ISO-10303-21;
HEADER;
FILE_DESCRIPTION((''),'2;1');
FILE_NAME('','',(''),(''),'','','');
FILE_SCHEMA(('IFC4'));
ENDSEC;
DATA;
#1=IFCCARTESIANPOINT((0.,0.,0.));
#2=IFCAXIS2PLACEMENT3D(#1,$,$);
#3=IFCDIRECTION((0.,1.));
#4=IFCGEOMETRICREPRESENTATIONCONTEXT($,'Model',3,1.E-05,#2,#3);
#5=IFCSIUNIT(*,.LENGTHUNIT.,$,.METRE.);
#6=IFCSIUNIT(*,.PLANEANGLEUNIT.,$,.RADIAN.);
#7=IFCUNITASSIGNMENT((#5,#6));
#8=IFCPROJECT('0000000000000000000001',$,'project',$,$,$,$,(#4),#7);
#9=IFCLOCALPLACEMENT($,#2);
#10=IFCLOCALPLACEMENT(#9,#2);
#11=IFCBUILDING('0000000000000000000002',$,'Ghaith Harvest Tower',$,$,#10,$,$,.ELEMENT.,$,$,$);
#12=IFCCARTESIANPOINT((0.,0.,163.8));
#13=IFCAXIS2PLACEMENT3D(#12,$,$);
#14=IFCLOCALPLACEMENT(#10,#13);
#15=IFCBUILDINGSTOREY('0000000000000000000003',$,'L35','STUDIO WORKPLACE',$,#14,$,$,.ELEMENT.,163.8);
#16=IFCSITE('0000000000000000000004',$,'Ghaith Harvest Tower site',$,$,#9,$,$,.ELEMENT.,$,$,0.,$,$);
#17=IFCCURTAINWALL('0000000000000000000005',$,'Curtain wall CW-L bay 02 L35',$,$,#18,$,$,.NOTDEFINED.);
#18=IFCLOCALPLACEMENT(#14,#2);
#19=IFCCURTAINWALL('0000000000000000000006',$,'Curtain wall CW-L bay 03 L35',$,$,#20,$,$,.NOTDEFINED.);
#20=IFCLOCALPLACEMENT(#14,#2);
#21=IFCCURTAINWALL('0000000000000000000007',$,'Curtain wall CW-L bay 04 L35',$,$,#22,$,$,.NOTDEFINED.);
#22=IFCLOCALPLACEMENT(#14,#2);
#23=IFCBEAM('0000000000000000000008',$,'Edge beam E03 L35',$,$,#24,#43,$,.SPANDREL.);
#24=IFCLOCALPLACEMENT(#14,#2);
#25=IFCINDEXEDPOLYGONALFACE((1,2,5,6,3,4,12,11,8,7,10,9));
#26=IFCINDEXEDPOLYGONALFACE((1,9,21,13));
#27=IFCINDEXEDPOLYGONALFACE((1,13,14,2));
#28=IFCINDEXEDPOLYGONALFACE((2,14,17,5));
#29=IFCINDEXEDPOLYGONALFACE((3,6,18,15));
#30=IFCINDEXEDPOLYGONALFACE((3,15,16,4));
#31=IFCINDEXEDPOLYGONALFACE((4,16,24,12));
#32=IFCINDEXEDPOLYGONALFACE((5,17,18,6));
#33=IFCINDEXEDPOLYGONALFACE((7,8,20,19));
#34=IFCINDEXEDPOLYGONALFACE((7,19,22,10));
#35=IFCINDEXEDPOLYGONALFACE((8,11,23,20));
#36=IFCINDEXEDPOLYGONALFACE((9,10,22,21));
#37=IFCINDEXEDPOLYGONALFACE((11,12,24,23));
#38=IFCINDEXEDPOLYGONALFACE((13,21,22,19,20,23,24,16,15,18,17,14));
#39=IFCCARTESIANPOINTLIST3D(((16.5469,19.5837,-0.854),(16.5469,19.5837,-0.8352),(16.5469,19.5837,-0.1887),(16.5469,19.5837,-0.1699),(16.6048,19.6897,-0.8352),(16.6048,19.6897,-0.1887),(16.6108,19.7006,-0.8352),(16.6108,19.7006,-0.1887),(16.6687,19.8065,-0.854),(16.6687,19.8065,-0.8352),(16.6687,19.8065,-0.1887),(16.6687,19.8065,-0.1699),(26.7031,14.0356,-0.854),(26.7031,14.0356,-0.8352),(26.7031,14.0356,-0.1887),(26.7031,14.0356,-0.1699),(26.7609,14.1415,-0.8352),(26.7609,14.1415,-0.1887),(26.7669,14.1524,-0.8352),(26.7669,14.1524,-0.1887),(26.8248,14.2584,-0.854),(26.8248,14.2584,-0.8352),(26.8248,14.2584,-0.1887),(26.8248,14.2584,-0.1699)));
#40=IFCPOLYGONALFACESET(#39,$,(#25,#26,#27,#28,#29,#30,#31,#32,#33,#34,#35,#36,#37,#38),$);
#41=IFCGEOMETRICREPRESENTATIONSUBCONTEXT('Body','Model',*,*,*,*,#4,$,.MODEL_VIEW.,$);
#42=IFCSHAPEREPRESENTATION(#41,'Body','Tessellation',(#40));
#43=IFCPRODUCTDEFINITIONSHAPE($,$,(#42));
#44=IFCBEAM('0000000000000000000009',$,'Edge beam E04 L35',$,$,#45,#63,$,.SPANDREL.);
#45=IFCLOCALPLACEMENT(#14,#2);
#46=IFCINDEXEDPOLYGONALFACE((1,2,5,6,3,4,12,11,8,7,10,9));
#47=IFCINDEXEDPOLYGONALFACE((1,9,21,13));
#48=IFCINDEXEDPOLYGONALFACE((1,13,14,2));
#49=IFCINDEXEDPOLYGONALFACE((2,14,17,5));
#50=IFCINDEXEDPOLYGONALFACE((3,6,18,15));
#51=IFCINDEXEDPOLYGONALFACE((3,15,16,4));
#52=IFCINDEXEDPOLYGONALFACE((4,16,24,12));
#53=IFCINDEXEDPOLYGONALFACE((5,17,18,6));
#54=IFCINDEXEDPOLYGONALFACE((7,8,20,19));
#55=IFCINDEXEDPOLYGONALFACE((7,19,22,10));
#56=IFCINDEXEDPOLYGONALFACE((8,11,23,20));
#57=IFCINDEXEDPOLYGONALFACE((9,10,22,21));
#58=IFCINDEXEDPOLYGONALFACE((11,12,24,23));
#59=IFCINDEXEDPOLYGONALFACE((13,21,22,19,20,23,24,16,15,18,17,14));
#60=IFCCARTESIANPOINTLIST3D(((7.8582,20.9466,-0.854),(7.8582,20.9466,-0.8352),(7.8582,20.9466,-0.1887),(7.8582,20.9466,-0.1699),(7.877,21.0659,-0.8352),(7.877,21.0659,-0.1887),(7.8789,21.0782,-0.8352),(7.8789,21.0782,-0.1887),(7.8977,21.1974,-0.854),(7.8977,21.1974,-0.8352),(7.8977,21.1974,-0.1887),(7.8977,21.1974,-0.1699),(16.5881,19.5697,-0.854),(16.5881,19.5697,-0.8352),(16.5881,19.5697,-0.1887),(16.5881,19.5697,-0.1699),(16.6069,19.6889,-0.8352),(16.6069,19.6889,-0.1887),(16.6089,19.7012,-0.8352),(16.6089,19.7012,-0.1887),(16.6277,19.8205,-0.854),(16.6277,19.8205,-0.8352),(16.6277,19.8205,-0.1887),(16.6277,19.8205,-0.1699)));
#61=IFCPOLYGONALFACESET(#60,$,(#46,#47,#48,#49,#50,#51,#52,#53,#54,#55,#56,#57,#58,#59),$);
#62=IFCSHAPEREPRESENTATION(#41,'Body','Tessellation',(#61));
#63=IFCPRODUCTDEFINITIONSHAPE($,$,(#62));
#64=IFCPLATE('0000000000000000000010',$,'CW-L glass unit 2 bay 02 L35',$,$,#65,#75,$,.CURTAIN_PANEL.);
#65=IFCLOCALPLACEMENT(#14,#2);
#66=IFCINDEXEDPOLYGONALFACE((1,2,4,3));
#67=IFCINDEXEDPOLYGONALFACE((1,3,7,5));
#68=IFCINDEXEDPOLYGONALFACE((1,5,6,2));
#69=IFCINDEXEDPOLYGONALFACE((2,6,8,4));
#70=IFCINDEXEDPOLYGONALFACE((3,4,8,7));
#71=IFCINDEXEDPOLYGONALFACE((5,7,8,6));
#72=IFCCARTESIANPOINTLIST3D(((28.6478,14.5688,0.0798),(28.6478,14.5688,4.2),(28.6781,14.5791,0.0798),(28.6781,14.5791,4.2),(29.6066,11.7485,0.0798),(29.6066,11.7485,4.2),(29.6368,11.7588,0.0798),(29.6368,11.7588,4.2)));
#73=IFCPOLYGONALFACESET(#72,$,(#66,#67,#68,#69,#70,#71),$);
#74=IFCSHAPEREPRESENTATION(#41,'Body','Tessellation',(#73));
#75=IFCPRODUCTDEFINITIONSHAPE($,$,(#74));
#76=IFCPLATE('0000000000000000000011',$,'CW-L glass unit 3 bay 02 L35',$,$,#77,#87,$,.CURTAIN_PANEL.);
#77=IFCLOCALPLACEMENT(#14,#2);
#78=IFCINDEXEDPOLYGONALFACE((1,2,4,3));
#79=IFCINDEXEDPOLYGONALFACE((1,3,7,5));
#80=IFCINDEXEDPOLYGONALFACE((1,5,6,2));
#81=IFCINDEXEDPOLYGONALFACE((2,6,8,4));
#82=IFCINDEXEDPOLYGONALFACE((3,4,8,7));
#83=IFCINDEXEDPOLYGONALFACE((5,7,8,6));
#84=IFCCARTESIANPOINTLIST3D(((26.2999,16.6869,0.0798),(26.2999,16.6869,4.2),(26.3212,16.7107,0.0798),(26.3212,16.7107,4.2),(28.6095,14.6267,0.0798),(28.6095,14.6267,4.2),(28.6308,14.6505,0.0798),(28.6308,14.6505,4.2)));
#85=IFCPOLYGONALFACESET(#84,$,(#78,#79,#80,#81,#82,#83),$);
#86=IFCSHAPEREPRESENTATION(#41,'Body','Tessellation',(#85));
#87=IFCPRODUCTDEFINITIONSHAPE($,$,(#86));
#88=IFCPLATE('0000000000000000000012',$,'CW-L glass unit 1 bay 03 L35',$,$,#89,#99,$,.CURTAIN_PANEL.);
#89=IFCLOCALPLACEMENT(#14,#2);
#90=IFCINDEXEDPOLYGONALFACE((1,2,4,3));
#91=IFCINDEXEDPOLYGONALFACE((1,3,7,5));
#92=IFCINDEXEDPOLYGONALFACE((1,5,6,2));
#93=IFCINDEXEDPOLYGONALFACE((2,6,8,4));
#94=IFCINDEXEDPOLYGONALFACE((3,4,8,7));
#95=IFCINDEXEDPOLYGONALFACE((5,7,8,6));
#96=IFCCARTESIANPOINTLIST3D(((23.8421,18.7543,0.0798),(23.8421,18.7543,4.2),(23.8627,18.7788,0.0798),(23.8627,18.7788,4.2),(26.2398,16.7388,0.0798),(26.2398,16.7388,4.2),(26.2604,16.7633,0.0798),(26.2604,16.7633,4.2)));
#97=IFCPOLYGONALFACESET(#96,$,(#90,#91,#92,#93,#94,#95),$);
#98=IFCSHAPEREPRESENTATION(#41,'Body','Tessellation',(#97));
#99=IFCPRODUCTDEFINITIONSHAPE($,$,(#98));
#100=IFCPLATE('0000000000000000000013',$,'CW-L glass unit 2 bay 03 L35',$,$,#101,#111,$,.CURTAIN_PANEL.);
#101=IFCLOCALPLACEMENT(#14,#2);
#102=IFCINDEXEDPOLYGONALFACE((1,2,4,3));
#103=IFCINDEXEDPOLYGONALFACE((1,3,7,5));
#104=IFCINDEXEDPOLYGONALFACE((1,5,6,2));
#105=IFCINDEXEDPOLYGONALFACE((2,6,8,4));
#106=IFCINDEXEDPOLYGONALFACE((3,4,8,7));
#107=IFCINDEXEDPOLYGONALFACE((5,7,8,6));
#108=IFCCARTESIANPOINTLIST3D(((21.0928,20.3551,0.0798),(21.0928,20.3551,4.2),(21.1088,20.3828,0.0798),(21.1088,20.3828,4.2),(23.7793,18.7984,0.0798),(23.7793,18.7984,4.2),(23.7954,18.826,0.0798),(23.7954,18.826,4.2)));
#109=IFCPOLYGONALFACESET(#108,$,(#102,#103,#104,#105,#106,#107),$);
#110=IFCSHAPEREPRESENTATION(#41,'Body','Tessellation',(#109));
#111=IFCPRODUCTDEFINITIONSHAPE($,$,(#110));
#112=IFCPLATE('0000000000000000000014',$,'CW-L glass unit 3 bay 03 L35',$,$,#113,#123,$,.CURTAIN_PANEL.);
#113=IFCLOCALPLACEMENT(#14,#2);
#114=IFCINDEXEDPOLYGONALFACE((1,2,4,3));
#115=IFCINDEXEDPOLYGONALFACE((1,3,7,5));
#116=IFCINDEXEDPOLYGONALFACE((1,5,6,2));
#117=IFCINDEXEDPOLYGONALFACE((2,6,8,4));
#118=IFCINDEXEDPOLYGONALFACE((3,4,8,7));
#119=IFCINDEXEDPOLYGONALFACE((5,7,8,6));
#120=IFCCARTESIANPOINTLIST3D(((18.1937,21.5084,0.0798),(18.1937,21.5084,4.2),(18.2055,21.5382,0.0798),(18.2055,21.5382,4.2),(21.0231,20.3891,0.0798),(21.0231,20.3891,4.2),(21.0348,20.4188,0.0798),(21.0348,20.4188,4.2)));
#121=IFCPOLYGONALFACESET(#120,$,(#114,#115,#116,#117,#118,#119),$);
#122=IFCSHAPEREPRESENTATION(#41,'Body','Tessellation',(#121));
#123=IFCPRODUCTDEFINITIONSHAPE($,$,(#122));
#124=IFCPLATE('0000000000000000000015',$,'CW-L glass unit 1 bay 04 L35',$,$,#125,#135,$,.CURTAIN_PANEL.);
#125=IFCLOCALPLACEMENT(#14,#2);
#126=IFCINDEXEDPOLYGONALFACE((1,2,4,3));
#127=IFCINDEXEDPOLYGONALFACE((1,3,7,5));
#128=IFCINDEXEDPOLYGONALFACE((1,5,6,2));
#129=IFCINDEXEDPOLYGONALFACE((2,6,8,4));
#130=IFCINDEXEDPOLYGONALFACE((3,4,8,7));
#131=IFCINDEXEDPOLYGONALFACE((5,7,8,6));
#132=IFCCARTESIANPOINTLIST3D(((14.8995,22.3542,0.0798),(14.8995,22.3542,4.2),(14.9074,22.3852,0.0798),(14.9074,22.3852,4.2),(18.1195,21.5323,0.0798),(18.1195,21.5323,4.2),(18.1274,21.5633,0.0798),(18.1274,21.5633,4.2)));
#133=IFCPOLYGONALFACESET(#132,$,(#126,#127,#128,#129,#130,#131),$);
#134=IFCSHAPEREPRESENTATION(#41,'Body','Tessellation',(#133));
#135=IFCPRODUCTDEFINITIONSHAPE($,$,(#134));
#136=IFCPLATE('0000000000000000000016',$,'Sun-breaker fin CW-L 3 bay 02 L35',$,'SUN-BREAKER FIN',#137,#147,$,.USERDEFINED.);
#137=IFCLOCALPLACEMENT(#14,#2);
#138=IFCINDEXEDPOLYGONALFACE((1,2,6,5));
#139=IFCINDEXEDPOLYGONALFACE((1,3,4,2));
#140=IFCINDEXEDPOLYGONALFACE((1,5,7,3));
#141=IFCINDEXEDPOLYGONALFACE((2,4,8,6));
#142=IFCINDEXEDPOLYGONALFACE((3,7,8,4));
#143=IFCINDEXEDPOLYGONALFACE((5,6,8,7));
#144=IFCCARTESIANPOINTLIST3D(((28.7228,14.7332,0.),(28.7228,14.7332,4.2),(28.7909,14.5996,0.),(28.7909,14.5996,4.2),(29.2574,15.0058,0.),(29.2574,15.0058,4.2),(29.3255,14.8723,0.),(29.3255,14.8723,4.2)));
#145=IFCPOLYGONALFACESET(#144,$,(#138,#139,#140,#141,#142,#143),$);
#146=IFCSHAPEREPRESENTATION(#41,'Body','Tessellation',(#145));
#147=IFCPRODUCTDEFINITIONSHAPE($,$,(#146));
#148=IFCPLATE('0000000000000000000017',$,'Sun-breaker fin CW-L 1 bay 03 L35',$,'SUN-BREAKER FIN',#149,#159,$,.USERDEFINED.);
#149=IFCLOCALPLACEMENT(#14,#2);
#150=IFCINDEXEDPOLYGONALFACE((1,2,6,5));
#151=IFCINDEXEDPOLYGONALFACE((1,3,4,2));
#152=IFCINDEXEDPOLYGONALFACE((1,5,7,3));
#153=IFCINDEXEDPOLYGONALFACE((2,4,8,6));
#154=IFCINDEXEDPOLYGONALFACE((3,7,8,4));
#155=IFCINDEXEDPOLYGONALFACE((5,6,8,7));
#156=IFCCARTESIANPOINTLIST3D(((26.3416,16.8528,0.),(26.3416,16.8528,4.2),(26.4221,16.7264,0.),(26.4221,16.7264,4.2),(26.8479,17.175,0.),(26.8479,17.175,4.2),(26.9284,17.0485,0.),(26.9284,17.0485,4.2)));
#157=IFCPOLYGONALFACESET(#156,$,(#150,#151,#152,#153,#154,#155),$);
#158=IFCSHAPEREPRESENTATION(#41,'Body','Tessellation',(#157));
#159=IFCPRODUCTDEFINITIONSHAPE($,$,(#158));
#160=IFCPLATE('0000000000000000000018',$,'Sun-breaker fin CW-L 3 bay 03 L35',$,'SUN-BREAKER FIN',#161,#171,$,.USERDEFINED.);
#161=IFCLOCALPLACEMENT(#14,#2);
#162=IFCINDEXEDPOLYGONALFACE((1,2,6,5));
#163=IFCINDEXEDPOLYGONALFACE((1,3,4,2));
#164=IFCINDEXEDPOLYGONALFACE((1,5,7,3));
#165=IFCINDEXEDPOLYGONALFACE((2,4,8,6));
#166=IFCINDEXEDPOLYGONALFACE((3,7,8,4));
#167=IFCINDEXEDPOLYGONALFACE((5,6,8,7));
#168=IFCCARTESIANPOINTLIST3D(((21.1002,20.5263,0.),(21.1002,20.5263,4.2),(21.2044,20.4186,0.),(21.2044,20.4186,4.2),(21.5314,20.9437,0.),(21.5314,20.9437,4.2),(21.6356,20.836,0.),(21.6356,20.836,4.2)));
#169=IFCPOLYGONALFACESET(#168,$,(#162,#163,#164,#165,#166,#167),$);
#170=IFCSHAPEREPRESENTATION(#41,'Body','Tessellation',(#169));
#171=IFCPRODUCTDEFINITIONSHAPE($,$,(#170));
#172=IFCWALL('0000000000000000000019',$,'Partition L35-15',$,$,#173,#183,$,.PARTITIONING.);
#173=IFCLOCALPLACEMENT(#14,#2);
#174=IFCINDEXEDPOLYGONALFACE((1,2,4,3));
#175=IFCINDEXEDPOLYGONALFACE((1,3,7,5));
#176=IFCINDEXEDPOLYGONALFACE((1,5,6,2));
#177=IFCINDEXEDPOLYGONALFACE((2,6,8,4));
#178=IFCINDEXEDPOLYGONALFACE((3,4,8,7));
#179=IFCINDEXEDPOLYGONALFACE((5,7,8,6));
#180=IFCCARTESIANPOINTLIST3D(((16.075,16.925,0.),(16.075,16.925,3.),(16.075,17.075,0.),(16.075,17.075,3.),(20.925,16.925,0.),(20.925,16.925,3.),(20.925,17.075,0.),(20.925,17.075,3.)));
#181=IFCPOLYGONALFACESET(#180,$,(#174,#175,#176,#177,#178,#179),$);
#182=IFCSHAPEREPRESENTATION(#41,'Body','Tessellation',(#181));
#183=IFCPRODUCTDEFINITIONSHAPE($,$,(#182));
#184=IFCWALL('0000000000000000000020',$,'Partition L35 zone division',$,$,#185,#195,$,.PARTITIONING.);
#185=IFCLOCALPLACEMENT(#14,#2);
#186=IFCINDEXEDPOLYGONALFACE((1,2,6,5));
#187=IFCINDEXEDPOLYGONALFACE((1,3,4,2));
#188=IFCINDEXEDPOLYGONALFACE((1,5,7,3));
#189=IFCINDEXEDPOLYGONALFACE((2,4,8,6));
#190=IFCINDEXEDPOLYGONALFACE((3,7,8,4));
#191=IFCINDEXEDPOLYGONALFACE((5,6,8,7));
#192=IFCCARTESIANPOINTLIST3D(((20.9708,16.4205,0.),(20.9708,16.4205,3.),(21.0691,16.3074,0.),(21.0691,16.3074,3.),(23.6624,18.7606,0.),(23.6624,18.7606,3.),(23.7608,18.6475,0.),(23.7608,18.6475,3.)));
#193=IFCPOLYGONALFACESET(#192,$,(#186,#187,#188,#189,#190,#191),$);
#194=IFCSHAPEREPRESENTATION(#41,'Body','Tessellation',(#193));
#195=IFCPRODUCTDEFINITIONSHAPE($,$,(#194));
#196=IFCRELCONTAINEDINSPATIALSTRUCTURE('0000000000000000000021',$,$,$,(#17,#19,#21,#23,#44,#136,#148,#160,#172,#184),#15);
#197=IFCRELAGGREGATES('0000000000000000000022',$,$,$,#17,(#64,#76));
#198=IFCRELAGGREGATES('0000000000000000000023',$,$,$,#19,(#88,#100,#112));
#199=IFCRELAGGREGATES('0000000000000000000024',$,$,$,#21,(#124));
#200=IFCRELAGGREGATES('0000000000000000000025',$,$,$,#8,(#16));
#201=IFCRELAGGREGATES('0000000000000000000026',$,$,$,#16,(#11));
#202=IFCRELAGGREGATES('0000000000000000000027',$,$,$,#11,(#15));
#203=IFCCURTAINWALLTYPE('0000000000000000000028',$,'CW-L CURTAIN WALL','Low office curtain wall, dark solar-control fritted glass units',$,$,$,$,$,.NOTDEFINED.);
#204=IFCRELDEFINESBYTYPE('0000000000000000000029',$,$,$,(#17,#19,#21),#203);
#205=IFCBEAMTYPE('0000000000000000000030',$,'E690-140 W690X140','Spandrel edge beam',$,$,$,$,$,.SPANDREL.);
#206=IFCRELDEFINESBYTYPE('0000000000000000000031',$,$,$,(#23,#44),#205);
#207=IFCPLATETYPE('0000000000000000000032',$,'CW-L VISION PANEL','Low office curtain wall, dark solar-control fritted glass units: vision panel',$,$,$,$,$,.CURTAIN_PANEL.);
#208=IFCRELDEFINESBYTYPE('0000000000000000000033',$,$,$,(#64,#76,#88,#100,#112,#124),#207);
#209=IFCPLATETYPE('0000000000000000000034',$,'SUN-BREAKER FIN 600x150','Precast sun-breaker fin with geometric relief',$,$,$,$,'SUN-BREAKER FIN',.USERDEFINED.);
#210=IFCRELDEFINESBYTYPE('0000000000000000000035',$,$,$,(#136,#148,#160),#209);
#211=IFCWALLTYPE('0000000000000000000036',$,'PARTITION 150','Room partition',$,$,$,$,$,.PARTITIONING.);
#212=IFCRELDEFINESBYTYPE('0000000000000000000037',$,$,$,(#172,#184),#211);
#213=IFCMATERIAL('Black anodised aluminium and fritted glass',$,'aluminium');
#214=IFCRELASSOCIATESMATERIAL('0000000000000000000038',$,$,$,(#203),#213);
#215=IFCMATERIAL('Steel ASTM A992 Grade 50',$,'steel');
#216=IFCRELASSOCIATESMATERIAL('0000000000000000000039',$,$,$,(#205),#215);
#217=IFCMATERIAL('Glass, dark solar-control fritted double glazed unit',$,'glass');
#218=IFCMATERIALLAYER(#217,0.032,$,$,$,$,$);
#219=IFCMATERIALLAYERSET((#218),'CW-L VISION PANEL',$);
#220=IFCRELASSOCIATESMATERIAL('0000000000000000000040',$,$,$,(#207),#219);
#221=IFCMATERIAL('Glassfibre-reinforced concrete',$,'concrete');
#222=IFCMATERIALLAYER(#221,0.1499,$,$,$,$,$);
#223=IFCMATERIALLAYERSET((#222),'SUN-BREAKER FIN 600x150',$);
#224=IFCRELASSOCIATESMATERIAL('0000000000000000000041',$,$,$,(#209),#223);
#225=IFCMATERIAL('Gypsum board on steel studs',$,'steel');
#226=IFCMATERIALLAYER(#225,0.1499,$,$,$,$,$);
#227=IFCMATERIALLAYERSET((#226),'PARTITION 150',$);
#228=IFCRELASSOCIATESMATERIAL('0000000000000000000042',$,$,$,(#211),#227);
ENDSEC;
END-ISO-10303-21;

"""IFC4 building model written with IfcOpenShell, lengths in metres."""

from ifc_helpers import new_model, si_unit, direction, frame, frame_2d, origin, origin_2d, place, context, subcontext, project, spatial, rectangle, i_section, extrude, material, layer, layer_set, material_profile, profile_set, type_object, element, aggregate, save


model = new_model("IFC4")

# Units and contexts
model_context = context("Model", 3, precision=1e-05, world=origin(), true_north=direction((0.0, 1.0)))
body_context = subcontext(model_context, "Body", "Model", "MODEL_VIEW")
ifc_project = project(units=[si_unit("LENGTHUNIT", "METRE"), si_unit("PLANEANGLEUNIT", "RADIAN")], contexts=[model_context])

# Site, building, storey
site_placement = place(None, origin())
site = spatial("IfcSite", under=ifc_project, at=site_placement, Name="Ghaith Harvest Tower site", CompositionType="ELEMENT", RefElevation=0.0)
building_placement = place(site_placement, origin())
building = spatial("IfcBuilding", under=site, at=building_placement, Name="Ghaith Harvest Tower", CompositionType="ELEMENT")
storey_placement = place(building_placement, frame((0.0, 0.0, 163.8)))
storey = spatial("IfcBuildingStorey", under=building, at=storey_placement, Name="L35", Description="STUDIO WORKPLACE", CompositionType="ELEMENT", Elevation=163.8)

# Curtain wall
ifc_material_1 = material(Name="Black anodised aluminium and fritted glass", Category="aluminium")
curtain_wall_type = type_object("IfcCurtainWallType", Name="CW-L CURTAIN WALL", Description="Low office curtain wall, dark solar-control fritted glass units", PredefinedType="NOTDEFINED", material=ifc_material_1)
curtain_wall_1_placement = place(storey_placement, origin())
curtain_wall_1 = element("IfcCurtainWall", 1, at=curtain_wall_1_placement, inside=storey, type_object=curtain_wall_type, Name="Curtain wall CW-L bay 02 L35", PredefinedType="NOTDEFINED")

# Curtain walls
curtain_wall_2_placement = place(storey_placement, origin())
curtain_wall_2 = element("IfcCurtainWall", 2, at=curtain_wall_2_placement, inside=storey, type_object=curtain_wall_type, Name="Curtain wall CW-L bay 03 L35", PredefinedType="NOTDEFINED")
curtain_wall_3_placement = place(storey_placement, origin())
curtain_wall_3 = element("IfcCurtainWall", 3, at=curtain_wall_3_placement, inside=storey, type_object=curtain_wall_type, Name="Curtain wall CW-L bay 04 L35", PredefinedType="NOTDEFINED")

# Beams
ifc_material_2 = material(Name="Steel ASTM A992 Grade 50", Category="steel")
ifc_material_profile_1 = material_profile(ifc_material_2, i_section(OverallWidth=0.2539, OverallDepth=0.6841, WebThickness=0.0125, FlangeThickness=0.0188, at=origin_2d()), Name="W690X140")
ifc_profile_set_1 = profile_set([ifc_material_profile_1], Name="Steel ASTM A992 Grade 50")
beam_type = type_object("IfcBeamType", Name="E690-140 W690X140", Description="Spandrel edge beam", PredefinedType="SPANDREL", material=ifc_profile_set_1)
beam_1_placement = place(storey_placement, frame((26.7639, 14.147, -0.512), z_axis=(-0.877588, 0.479415, 0.0), x_axis=(-0.479415, -0.877588, 0.0)))
element("IfcBeam", 4, at=beam_1_placement, inside=storey, type_object=beam_type, Name="Edge beam E03 L35", PredefinedType="SPANDREL", context=body_context, shape_type="SweptSolid", body=[
    extrude(i_section(OverallWidth=0.2539, OverallDepth=0.6841, WebThickness=0.0125, FlangeThickness=0.0188, at=origin_2d()), origin(), (0.0, 0.0, 1.0), 11.5728),
])
beam_2_placement = place(storey_placement, frame((16.6079, 19.6951, -0.512), z_axis=(-0.987788, 0.155801, 0.0), x_axis=(-0.155801, -0.987788, 0.0)))
element("IfcBeam", 5, at=beam_2_placement, inside=storey, type_object=beam_type, Name="Edge beam E04 L35", PredefinedType="SPANDREL", context=body_context, shape_type="SweptSolid", body=[
    extrude(i_section(OverallWidth=0.2539, OverallDepth=0.6841, WebThickness=0.0125, FlangeThickness=0.0188, at=origin_2d()), origin(), (0.0, 0.0, 1.0), 8.8379),
])

# Plates
ifc_material_3 = material(Name="Glass, dark solar-control fritted double glazed unit", Category="glass")
ifc_layer_1 = layer(ifc_material_3, 0.032)
ifc_layer_set_1 = layer_set([ifc_layer_1], Name="CW-L VISION PANEL")
plate_type_1 = type_object("IfcPlateType", Name="CW-L VISION PANEL", Description="Low office curtain wall, dark solar-control fritted glass units: vision panel", PredefinedType="CURTAIN_PANEL", material=ifc_layer_set_1)
plate_1_placement = place(storey_placement, frame((29.1423, 13.1638, 0.0798), z_axis=(0.0, 0.0, 1.0), x_axis=(-0.321853, 0.94679, 0.0)))
plate_1 = element("IfcPlate", 6, at=plate_1_placement, type_object=plate_type_1, Name="CW-L glass unit 2 bay 02 L35", PredefinedType="CURTAIN_PANEL", context=body_context, shape_type="SweptSolid", body=[
    extrude(rectangle(XDim=2.9788, YDim=0.032, at=origin_2d()), origin(), (0.0, 0.0, 1.0), 4.1201),
])
plate_2_placement = place(storey_placement, frame((27.4653, 15.6687, 0.0798), z_axis=(0.0, 0.0, 1.0), x_axis=(-0.746251, 0.665665, 0.0)))
plate_2 = element("IfcPlate", 7, at=plate_2_placement, type_object=plate_type_1, Name="CW-L glass unit 3 bay 02 L35", PredefinedType="CURTAIN_PANEL", context=body_context, shape_type="SweptSolid", body=[
    extrude(rectangle(XDim=3.095, YDim=0.032, at=origin_2d()), origin(), (0.0, 0.0, 1.0), 4.1201),
])
aggregate(curtain_wall_1, [plate_1, plate_2])
plate_3_placement = place(storey_placement, frame((25.0513, 17.7588, 0.0798), z_axis=(0.0, 0.0, 1.0), x_axis=(-0.765473, 0.643468, 0.0)))
plate_3 = element("IfcPlate", 8, at=plate_3_placement, type_object=plate_type_1, Name="CW-L glass unit 1 bay 03 L35", PredefinedType="CURTAIN_PANEL", context=body_context, shape_type="SweptSolid", body=[
    extrude(rectangle(XDim=3.1323, YDim=0.032, at=origin_2d()), origin(), (0.0, 0.0, 1.0), 4.1201),
])
plate_4_placement = place(storey_placement, frame((22.4441, 19.5906, 0.0798), z_axis=(0.0, 0.0, 1.0), x_axis=(-0.865232, 0.501372, 0.0)))
plate_4 = element("IfcPlate", 9, at=plate_4_placement, type_object=plate_type_1, Name="CW-L glass unit 2 bay 03 L35", PredefinedType="CURTAIN_PANEL", context=body_context, shape_type="SweptSolid", body=[
    extrude(rectangle(XDim=3.105, YDim=0.032, at=origin_2d()), origin(), (0.0, 0.0, 1.0), 4.1201),
])
plate_5_placement = place(storey_placement, frame((19.6143, 20.9636, 0.0798), z_axis=(0.0, 0.0, 1.0), x_axis=(-0.929877, 0.367872, 0.0)))
plate_5 = element("IfcPlate", 10, at=plate_5_placement, type_object=plate_type_1, Name="CW-L glass unit 3 bay 03 L35", PredefinedType="CURTAIN_PANEL", context=body_context, shape_type="SweptSolid", body=[
    extrude(rectangle(XDim=3.0427, YDim=0.032, at=origin_2d()), origin(), (0.0, 0.0, 1.0), 4.1201),
])
aggregate(curtain_wall_2, [plate_3, plate_4, plate_5])
plate_6_placement = place(storey_placement, frame((16.5134, 21.9587, 0.0798), z_axis=(0.0, 0.0, 1.0), x_axis=(-0.968931, 0.247331, 0.0)))
plate_6 = element("IfcPlate", 11, at=plate_6_placement, type_object=plate_type_1, Name="CW-L glass unit 1 bay 04 L35", PredefinedType="CURTAIN_PANEL", context=body_context, shape_type="SweptSolid", body=[
    extrude(rectangle(XDim=3.3232, YDim=0.032, at=origin_2d()), origin(), (0.0, 0.0, 1.0), 4.1201),
])
aggregate(curtain_wall_3, [plate_6])

# Plates
ifc_material_4 = material(Name="Glassfibre-reinforced concrete", Category="concrete")
ifc_layer_2 = layer(ifc_material_4, 0.1499)
ifc_layer_set_2 = layer_set([ifc_layer_2], Name="SUN-BREAKER FIN 600x150")
plate_type_2 = type_object("IfcPlateType", Name="SUN-BREAKER FIN 600x150", Description="Precast sun-breaker fin with geometric relief", ElementType="SUN-BREAKER FIN", PredefinedType="USERDEFINED", material=ifc_layer_set_2)
for number, where, z_axis, x_axis, name in (
    (12, (29.0242, 14.8027, 0.0), (0.0, 0.0, 1.0), (0.890831, 0.454335, 0.0), "Sun-breaker fin CW-L 3 bay 02 L35"),
    (13, (26.635, 16.9507, 0.0), (0.0, 0.0, 1.0), (0.843644, 0.536903, 0.0), "Sun-breaker fin CW-L 1 bay 03 L35"),
    (14, (21.3679, 20.6812, 0.0), (0.0, 0.0, 1.0), (0.718559, 0.695466, 0.0), "Sun-breaker fin CW-L 3 bay 03 L35"),
):
    element("IfcPlate", number, at=place(storey_placement, frame(where, z_axis=z_axis, x_axis=x_axis)), inside=storey, type_object=plate_type_2, Name=name, ObjectType="SUN-BREAKER FIN", PredefinedType="USERDEFINED", context=body_context, shape_type="SweptSolid", body=[
        extrude(rectangle(XDim=0.6001, YDim=0.1499, at=origin_2d()), origin(), (0.0, 0.0, 1.0), 4.2),
    ])

# Walls
ifc_material_5 = material(Name="Gypsum board on steel studs", Category="steel")
ifc_layer_3 = layer(ifc_material_5, 0.1499)
ifc_layer_set_3 = layer_set([ifc_layer_3], Name="PARTITION 150")
wall_type = type_object("IfcWallType", Name="PARTITION 150", Description="Room partition", PredefinedType="PARTITIONING", material=ifc_layer_set_3)
wall_1_placement = place(storey_placement, frame((16.075, 17.0, 0.0), z_axis=(0.0, 0.0, 1.0), x_axis=(1.0, 0.0, 0.0)))
element("IfcWall", 15, at=wall_1_placement, inside=storey, type_object=wall_type, Name="Partition L35-15", PredefinedType="PARTITIONING", context=body_context, shape_type="SweptSolid", body=[
    extrude(rectangle(XDim=4.8501, YDim=0.1499, at=frame_2d((2.425, 0.0))), origin(), (0.0, 0.0, 1.0), 3.0),
])
wall_2_placement = place(storey_placement, frame((21.02, 16.364, 0.0), z_axis=(0.0, 0.0, 1.0), x_axis=(0.754672, 0.656102, 0.0)))
element("IfcWall", 16, at=wall_2_placement, inside=storey, type_object=wall_type, Name="Partition L35 zone division", PredefinedType="PARTITIONING", context=body_context, shape_type="SweptSolid", body=[
    extrude(rectangle(XDim=3.5667, YDim=0.1499, at=frame_2d((1.7832, 0.0))), origin(), (0.0, 0.0, 1.0), 3.0),
])

save(model, "model.ifc")
